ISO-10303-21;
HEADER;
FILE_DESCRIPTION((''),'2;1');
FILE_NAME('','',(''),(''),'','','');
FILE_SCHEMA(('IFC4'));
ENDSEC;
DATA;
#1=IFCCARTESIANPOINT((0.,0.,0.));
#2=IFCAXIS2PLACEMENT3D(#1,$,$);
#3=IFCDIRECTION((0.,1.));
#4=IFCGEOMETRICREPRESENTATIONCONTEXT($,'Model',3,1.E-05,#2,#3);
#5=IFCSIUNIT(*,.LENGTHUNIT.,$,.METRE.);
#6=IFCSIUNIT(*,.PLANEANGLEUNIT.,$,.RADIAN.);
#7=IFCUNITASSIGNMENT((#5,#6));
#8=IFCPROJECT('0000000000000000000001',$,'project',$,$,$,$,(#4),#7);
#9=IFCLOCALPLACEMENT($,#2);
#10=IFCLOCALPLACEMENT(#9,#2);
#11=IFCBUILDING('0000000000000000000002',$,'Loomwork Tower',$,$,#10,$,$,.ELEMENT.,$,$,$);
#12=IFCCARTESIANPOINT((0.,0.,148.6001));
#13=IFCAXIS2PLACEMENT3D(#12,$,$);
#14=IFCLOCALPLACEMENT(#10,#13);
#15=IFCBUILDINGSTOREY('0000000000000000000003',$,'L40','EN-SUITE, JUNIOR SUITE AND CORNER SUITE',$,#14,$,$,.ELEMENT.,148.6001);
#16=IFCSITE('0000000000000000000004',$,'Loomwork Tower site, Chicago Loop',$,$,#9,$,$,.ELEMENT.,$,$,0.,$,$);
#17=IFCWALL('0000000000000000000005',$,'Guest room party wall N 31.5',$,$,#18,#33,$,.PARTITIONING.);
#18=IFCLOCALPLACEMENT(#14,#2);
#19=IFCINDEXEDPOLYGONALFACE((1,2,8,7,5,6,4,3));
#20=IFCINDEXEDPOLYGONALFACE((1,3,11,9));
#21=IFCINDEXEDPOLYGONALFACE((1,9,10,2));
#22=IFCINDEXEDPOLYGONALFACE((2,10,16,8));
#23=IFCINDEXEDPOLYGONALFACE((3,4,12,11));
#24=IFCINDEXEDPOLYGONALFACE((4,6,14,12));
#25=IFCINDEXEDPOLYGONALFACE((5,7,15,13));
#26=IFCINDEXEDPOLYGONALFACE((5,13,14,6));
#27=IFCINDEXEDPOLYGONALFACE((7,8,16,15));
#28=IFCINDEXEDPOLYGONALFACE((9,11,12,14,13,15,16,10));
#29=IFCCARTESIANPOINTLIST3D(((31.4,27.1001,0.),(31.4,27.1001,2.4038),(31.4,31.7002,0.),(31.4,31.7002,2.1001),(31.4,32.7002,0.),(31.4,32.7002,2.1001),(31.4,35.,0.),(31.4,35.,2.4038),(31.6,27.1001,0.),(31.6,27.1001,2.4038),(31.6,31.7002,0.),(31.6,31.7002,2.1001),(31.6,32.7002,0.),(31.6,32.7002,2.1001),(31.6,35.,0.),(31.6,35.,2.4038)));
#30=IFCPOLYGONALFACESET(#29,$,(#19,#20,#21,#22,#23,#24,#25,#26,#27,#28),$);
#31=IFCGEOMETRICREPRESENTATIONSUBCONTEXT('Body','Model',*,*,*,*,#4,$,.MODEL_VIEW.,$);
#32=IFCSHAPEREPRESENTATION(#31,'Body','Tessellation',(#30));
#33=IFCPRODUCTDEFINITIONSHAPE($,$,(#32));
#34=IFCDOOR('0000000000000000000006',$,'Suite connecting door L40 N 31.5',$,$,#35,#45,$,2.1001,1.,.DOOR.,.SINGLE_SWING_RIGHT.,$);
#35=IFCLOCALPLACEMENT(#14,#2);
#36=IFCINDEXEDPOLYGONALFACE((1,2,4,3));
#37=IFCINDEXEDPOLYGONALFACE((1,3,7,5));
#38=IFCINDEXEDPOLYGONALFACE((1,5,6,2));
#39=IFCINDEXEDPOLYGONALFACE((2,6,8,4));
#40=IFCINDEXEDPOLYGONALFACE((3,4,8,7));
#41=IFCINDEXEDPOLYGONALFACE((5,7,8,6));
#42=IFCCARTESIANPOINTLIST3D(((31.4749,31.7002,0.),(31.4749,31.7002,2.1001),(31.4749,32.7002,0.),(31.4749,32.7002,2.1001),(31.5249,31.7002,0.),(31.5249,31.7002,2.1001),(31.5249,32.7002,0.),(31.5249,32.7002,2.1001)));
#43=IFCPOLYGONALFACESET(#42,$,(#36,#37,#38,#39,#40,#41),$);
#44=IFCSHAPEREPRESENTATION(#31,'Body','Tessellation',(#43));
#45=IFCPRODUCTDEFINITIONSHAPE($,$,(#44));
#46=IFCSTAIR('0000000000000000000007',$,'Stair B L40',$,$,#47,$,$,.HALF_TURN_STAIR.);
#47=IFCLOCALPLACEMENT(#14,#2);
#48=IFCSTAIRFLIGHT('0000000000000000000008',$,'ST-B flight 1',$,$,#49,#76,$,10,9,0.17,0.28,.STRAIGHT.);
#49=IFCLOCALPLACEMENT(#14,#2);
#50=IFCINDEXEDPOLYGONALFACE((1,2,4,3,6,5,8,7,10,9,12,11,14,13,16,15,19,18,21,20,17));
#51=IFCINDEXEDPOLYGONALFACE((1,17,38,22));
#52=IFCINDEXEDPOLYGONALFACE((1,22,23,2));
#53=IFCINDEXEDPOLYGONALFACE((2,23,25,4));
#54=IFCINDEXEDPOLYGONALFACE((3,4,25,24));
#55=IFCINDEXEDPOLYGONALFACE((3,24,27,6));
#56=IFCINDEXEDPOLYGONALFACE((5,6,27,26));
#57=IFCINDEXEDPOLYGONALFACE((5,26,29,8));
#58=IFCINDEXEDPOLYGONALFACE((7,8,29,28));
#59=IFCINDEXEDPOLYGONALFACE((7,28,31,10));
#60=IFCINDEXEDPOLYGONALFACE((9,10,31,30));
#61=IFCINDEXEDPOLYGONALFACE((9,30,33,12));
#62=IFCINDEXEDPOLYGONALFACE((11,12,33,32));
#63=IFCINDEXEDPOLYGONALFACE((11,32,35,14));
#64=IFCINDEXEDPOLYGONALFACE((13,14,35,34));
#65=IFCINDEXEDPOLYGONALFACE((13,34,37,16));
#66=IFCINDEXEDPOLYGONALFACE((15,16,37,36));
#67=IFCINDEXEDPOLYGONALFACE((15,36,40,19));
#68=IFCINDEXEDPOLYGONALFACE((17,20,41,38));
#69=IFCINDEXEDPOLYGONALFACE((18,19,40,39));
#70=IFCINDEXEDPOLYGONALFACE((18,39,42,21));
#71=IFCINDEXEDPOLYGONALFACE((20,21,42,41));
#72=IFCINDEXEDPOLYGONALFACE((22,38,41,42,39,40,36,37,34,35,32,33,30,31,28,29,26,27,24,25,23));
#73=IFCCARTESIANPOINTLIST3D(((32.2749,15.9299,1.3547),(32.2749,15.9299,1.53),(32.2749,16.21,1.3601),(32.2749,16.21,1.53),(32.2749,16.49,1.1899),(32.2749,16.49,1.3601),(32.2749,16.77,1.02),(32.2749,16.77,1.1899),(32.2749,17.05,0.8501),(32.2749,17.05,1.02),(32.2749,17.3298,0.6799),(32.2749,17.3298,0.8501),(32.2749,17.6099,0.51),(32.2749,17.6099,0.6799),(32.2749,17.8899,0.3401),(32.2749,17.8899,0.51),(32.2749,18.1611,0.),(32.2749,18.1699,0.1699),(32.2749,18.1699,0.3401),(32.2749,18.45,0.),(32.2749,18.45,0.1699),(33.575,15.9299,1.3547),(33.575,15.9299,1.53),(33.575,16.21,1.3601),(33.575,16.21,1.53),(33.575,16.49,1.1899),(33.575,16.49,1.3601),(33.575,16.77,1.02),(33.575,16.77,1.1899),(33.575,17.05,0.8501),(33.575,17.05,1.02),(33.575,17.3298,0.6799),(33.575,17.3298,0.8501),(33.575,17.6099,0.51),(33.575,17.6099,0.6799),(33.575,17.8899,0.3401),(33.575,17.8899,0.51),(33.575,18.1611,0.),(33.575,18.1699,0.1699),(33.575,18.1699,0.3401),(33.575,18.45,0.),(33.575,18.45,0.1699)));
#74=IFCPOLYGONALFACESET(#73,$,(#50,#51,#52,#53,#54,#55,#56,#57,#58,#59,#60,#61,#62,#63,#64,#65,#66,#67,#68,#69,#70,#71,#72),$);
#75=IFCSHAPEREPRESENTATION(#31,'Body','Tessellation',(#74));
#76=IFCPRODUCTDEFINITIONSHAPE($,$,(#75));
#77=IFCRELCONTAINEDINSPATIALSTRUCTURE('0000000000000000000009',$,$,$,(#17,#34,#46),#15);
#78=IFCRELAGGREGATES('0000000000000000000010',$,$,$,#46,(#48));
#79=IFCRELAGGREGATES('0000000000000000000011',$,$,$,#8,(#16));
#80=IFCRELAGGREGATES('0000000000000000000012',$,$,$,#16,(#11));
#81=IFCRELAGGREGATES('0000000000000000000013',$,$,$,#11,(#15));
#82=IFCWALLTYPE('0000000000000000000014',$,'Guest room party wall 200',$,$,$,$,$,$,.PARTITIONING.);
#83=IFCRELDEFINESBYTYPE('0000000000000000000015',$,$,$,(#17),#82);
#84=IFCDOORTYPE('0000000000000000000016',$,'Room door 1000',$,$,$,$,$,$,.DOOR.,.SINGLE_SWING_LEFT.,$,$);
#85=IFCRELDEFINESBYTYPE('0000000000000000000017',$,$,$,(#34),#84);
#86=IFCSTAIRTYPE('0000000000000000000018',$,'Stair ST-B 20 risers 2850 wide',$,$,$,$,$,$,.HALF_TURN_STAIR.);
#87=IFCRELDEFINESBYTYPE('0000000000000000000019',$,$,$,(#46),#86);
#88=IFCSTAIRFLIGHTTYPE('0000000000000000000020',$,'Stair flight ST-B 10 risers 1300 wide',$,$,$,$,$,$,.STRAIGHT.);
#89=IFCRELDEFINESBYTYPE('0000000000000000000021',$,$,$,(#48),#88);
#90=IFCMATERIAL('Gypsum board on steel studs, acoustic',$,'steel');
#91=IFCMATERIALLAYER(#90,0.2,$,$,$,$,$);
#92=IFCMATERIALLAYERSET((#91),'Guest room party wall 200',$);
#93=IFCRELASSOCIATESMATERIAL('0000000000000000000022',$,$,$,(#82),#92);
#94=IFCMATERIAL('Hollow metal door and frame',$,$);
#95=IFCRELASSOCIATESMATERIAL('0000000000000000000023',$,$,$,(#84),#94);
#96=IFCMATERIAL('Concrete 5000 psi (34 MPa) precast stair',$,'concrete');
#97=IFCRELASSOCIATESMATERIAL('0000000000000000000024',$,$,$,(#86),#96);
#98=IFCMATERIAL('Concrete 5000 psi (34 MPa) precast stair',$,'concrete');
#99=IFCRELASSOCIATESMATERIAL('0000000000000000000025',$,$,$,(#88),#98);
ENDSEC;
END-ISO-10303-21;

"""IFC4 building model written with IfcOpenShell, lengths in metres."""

from ifc_helpers import new_model, si_unit, direction, frame, frame_2d, origin, place, context, subcontext, project, spatial, polyline, rectangle, outline, extrude, material, layer, layer_set, type_object, element, fill, aggregate, save


model = new_model("IFC4")

# Units and contexts
model_context = context("Model", 3, precision=1e-05, world=origin(), true_north=direction((0.0, 1.0)))
body_context = subcontext(model_context, "Body", "Model", "MODEL_VIEW")
ifc_project = project(units=[si_unit("LENGTHUNIT", "METRE"), si_unit("PLANEANGLEUNIT", "RADIAN")], contexts=[model_context])

# Site, building, storey
site_placement = place(None, origin())
site = spatial("IfcSite", under=ifc_project, at=site_placement, Name="Loomwork Tower site, Chicago Loop", CompositionType="ELEMENT", RefElevation=0.0)
building_placement = place(site_placement, origin())
building = spatial("IfcBuilding", under=site, at=building_placement, Name="Loomwork Tower", CompositionType="ELEMENT")
storey_placement = place(building_placement, frame((0.0, 0.0, 148.6001)))
storey = spatial("IfcBuildingStorey", under=building, at=storey_placement, Name="L40", Description="EN-SUITE, JUNIOR SUITE AND CORNER SUITE", CompositionType="ELEMENT", Elevation=148.6001)

# Wall, opening, door
ifc_material_1 = material(Name="Gypsum board on steel studs, acoustic", Category="steel")
ifc_layer_1 = layer(ifc_material_1, 0.2)
ifc_layer_set_1 = layer_set([ifc_layer_1], Name="Guest room party wall 200")
wall_type_1 = type_object("IfcWallType", Name="Guest room party wall 200", PredefinedType="PARTITIONING", material=ifc_layer_set_1)
wall_1_placement = place(storey_placement, frame((31.5, 27.1001, 0.0), z_axis=(0.0, 0.0, 1.0), x_axis=(0.0, 1.0, 0.0)))
wall_1 = element("IfcWall", 1, at=wall_1_placement, inside=storey, type_object=wall_type_1, Name="Guest room party wall N 31.5", PredefinedType="PARTITIONING", context=body_context, shape_type="SweptSolid", body=[
    extrude(rectangle(XDim=7.8999, YDim=0.2, at=frame_2d((3.95, 0.0))), origin(), (0.0, 0.0, 1.0), 2.4038),
])
opening_1_placement = place(wall_1_placement, frame((4.6001, 0.0, 0.0)))
opening_1 = element("IfcOpeningElement", 2, at=opening_1_placement, cuts=wall_1, PredefinedType="OPENING", context=body_context, shape_type="SweptSolid", body=[
    extrude(rectangle(XDim=1.0, YDim=2.1001, at=frame_2d((0.5, 1.05))), frame((0.0, 0.1099, 0.0), z_axis=(0.0, -1.0, 0.0), x_axis=(1.0, 0.0, 0.0)), (0.0, 0.0, 1.0), 0.22),
])
ifc_material_2 = material(Name="Hollow metal door and frame")
door_type_1 = type_object("IfcDoorType", Name="Room door 1000", OperationType="SINGLE_SWING_LEFT", PredefinedType="DOOR", material=ifc_material_2)
door_1_placement = place(opening_1_placement, frame((1.0, 0.0, 0.0), z_axis=(0.0, 0.0, 1.0), x_axis=(-1.0, 0.0, 0.0)))
door_1 = element("IfcDoor", 3, at=door_1_placement, inside=storey, type_object=door_type_1, Name="Suite connecting door L40 N 31.5", OperationType="SINGLE_SWING_RIGHT", OverallHeight=2.1001, OverallWidth=1.0, PredefinedType="DOOR", context=body_context, shape_type="SweptSolid", body=[
    extrude(rectangle(XDim=1.0, YDim=2.1001, at=frame_2d((0.5, 1.05))), frame((0.0, 0.0249, 0.0), z_axis=(0.0, -1.0, 0.0), x_axis=(1.0, 0.0, 0.0)), (0.0, 0.0, 1.0), 0.05),
])
fill(opening_1, door_1)

# Stair, stair flight
ifc_material_3 = material(Name="Concrete 5000 psi (34 MPa) precast stair", Category="concrete")
stair_type = type_object("IfcStairType", Name="Stair ST-B 20 risers 2850 wide", PredefinedType="HALF_TURN_STAIR", material=ifc_material_3)
stair_placement = place(storey_placement, origin())
stair = element("IfcStair", 4, at=stair_placement, inside=storey, type_object=stair_type, Name="Stair B L40", PredefinedType="HALF_TURN_STAIR")
ifc_material_4 = material(Name="Concrete 5000 psi (34 MPa) precast stair", Category="concrete")
stair_flight_type = type_object("IfcStairFlightType", Name="Stair flight ST-B 10 risers 1300 wide", PredefinedType="STRAIGHT", material=ifc_material_4)
stair_flight_placement = place(storey_placement, frame((32.925, 18.45, 0.0), z_axis=(0.0, 0.0, 1.0), x_axis=(0.0, -1.0, 0.0)))
stair_flight = element("IfcStairFlight", 5, at=stair_flight_placement, type_object=stair_flight_type, Name="ST-B flight 1", NumberOfRisers=10, NumberOfTreads=9, PredefinedType="STRAIGHT", RiserHeight=0.17, TreadLength=0.28, context=body_context, shape_type="SweptSolid", body=[
    extrude(outline(polyline([(0.0, 0.0), (0.0, 0.1699), (0.28, 0.1699), (0.28, 0.3401), (0.5601, 0.3401), (0.5601, 0.51), (0.8401, 0.51), (0.8401, 0.6799), (1.1201, 0.6799), (1.1201, 0.8501), (1.3999, 0.8501), (1.3999, 1.02), (1.6799, 1.02), (1.6799, 1.1899), (1.96, 1.1899), (1.96, 1.3601), (2.24, 1.3601), (2.24, 1.53), (2.52, 1.53), (2.52, 1.7), (2.52, 1.3547), (0.2888, 0.0), (0.0, 0.0)])), frame((0.0, 0.6499, 0.0), z_axis=(0.0, -1.0, 0.0), x_axis=(1.0, 0.0, 0.0)), (0.0, 0.0, 1.0), 1.3),
])
aggregate(stair, [stair_flight])

save(model, "model.ifc")
